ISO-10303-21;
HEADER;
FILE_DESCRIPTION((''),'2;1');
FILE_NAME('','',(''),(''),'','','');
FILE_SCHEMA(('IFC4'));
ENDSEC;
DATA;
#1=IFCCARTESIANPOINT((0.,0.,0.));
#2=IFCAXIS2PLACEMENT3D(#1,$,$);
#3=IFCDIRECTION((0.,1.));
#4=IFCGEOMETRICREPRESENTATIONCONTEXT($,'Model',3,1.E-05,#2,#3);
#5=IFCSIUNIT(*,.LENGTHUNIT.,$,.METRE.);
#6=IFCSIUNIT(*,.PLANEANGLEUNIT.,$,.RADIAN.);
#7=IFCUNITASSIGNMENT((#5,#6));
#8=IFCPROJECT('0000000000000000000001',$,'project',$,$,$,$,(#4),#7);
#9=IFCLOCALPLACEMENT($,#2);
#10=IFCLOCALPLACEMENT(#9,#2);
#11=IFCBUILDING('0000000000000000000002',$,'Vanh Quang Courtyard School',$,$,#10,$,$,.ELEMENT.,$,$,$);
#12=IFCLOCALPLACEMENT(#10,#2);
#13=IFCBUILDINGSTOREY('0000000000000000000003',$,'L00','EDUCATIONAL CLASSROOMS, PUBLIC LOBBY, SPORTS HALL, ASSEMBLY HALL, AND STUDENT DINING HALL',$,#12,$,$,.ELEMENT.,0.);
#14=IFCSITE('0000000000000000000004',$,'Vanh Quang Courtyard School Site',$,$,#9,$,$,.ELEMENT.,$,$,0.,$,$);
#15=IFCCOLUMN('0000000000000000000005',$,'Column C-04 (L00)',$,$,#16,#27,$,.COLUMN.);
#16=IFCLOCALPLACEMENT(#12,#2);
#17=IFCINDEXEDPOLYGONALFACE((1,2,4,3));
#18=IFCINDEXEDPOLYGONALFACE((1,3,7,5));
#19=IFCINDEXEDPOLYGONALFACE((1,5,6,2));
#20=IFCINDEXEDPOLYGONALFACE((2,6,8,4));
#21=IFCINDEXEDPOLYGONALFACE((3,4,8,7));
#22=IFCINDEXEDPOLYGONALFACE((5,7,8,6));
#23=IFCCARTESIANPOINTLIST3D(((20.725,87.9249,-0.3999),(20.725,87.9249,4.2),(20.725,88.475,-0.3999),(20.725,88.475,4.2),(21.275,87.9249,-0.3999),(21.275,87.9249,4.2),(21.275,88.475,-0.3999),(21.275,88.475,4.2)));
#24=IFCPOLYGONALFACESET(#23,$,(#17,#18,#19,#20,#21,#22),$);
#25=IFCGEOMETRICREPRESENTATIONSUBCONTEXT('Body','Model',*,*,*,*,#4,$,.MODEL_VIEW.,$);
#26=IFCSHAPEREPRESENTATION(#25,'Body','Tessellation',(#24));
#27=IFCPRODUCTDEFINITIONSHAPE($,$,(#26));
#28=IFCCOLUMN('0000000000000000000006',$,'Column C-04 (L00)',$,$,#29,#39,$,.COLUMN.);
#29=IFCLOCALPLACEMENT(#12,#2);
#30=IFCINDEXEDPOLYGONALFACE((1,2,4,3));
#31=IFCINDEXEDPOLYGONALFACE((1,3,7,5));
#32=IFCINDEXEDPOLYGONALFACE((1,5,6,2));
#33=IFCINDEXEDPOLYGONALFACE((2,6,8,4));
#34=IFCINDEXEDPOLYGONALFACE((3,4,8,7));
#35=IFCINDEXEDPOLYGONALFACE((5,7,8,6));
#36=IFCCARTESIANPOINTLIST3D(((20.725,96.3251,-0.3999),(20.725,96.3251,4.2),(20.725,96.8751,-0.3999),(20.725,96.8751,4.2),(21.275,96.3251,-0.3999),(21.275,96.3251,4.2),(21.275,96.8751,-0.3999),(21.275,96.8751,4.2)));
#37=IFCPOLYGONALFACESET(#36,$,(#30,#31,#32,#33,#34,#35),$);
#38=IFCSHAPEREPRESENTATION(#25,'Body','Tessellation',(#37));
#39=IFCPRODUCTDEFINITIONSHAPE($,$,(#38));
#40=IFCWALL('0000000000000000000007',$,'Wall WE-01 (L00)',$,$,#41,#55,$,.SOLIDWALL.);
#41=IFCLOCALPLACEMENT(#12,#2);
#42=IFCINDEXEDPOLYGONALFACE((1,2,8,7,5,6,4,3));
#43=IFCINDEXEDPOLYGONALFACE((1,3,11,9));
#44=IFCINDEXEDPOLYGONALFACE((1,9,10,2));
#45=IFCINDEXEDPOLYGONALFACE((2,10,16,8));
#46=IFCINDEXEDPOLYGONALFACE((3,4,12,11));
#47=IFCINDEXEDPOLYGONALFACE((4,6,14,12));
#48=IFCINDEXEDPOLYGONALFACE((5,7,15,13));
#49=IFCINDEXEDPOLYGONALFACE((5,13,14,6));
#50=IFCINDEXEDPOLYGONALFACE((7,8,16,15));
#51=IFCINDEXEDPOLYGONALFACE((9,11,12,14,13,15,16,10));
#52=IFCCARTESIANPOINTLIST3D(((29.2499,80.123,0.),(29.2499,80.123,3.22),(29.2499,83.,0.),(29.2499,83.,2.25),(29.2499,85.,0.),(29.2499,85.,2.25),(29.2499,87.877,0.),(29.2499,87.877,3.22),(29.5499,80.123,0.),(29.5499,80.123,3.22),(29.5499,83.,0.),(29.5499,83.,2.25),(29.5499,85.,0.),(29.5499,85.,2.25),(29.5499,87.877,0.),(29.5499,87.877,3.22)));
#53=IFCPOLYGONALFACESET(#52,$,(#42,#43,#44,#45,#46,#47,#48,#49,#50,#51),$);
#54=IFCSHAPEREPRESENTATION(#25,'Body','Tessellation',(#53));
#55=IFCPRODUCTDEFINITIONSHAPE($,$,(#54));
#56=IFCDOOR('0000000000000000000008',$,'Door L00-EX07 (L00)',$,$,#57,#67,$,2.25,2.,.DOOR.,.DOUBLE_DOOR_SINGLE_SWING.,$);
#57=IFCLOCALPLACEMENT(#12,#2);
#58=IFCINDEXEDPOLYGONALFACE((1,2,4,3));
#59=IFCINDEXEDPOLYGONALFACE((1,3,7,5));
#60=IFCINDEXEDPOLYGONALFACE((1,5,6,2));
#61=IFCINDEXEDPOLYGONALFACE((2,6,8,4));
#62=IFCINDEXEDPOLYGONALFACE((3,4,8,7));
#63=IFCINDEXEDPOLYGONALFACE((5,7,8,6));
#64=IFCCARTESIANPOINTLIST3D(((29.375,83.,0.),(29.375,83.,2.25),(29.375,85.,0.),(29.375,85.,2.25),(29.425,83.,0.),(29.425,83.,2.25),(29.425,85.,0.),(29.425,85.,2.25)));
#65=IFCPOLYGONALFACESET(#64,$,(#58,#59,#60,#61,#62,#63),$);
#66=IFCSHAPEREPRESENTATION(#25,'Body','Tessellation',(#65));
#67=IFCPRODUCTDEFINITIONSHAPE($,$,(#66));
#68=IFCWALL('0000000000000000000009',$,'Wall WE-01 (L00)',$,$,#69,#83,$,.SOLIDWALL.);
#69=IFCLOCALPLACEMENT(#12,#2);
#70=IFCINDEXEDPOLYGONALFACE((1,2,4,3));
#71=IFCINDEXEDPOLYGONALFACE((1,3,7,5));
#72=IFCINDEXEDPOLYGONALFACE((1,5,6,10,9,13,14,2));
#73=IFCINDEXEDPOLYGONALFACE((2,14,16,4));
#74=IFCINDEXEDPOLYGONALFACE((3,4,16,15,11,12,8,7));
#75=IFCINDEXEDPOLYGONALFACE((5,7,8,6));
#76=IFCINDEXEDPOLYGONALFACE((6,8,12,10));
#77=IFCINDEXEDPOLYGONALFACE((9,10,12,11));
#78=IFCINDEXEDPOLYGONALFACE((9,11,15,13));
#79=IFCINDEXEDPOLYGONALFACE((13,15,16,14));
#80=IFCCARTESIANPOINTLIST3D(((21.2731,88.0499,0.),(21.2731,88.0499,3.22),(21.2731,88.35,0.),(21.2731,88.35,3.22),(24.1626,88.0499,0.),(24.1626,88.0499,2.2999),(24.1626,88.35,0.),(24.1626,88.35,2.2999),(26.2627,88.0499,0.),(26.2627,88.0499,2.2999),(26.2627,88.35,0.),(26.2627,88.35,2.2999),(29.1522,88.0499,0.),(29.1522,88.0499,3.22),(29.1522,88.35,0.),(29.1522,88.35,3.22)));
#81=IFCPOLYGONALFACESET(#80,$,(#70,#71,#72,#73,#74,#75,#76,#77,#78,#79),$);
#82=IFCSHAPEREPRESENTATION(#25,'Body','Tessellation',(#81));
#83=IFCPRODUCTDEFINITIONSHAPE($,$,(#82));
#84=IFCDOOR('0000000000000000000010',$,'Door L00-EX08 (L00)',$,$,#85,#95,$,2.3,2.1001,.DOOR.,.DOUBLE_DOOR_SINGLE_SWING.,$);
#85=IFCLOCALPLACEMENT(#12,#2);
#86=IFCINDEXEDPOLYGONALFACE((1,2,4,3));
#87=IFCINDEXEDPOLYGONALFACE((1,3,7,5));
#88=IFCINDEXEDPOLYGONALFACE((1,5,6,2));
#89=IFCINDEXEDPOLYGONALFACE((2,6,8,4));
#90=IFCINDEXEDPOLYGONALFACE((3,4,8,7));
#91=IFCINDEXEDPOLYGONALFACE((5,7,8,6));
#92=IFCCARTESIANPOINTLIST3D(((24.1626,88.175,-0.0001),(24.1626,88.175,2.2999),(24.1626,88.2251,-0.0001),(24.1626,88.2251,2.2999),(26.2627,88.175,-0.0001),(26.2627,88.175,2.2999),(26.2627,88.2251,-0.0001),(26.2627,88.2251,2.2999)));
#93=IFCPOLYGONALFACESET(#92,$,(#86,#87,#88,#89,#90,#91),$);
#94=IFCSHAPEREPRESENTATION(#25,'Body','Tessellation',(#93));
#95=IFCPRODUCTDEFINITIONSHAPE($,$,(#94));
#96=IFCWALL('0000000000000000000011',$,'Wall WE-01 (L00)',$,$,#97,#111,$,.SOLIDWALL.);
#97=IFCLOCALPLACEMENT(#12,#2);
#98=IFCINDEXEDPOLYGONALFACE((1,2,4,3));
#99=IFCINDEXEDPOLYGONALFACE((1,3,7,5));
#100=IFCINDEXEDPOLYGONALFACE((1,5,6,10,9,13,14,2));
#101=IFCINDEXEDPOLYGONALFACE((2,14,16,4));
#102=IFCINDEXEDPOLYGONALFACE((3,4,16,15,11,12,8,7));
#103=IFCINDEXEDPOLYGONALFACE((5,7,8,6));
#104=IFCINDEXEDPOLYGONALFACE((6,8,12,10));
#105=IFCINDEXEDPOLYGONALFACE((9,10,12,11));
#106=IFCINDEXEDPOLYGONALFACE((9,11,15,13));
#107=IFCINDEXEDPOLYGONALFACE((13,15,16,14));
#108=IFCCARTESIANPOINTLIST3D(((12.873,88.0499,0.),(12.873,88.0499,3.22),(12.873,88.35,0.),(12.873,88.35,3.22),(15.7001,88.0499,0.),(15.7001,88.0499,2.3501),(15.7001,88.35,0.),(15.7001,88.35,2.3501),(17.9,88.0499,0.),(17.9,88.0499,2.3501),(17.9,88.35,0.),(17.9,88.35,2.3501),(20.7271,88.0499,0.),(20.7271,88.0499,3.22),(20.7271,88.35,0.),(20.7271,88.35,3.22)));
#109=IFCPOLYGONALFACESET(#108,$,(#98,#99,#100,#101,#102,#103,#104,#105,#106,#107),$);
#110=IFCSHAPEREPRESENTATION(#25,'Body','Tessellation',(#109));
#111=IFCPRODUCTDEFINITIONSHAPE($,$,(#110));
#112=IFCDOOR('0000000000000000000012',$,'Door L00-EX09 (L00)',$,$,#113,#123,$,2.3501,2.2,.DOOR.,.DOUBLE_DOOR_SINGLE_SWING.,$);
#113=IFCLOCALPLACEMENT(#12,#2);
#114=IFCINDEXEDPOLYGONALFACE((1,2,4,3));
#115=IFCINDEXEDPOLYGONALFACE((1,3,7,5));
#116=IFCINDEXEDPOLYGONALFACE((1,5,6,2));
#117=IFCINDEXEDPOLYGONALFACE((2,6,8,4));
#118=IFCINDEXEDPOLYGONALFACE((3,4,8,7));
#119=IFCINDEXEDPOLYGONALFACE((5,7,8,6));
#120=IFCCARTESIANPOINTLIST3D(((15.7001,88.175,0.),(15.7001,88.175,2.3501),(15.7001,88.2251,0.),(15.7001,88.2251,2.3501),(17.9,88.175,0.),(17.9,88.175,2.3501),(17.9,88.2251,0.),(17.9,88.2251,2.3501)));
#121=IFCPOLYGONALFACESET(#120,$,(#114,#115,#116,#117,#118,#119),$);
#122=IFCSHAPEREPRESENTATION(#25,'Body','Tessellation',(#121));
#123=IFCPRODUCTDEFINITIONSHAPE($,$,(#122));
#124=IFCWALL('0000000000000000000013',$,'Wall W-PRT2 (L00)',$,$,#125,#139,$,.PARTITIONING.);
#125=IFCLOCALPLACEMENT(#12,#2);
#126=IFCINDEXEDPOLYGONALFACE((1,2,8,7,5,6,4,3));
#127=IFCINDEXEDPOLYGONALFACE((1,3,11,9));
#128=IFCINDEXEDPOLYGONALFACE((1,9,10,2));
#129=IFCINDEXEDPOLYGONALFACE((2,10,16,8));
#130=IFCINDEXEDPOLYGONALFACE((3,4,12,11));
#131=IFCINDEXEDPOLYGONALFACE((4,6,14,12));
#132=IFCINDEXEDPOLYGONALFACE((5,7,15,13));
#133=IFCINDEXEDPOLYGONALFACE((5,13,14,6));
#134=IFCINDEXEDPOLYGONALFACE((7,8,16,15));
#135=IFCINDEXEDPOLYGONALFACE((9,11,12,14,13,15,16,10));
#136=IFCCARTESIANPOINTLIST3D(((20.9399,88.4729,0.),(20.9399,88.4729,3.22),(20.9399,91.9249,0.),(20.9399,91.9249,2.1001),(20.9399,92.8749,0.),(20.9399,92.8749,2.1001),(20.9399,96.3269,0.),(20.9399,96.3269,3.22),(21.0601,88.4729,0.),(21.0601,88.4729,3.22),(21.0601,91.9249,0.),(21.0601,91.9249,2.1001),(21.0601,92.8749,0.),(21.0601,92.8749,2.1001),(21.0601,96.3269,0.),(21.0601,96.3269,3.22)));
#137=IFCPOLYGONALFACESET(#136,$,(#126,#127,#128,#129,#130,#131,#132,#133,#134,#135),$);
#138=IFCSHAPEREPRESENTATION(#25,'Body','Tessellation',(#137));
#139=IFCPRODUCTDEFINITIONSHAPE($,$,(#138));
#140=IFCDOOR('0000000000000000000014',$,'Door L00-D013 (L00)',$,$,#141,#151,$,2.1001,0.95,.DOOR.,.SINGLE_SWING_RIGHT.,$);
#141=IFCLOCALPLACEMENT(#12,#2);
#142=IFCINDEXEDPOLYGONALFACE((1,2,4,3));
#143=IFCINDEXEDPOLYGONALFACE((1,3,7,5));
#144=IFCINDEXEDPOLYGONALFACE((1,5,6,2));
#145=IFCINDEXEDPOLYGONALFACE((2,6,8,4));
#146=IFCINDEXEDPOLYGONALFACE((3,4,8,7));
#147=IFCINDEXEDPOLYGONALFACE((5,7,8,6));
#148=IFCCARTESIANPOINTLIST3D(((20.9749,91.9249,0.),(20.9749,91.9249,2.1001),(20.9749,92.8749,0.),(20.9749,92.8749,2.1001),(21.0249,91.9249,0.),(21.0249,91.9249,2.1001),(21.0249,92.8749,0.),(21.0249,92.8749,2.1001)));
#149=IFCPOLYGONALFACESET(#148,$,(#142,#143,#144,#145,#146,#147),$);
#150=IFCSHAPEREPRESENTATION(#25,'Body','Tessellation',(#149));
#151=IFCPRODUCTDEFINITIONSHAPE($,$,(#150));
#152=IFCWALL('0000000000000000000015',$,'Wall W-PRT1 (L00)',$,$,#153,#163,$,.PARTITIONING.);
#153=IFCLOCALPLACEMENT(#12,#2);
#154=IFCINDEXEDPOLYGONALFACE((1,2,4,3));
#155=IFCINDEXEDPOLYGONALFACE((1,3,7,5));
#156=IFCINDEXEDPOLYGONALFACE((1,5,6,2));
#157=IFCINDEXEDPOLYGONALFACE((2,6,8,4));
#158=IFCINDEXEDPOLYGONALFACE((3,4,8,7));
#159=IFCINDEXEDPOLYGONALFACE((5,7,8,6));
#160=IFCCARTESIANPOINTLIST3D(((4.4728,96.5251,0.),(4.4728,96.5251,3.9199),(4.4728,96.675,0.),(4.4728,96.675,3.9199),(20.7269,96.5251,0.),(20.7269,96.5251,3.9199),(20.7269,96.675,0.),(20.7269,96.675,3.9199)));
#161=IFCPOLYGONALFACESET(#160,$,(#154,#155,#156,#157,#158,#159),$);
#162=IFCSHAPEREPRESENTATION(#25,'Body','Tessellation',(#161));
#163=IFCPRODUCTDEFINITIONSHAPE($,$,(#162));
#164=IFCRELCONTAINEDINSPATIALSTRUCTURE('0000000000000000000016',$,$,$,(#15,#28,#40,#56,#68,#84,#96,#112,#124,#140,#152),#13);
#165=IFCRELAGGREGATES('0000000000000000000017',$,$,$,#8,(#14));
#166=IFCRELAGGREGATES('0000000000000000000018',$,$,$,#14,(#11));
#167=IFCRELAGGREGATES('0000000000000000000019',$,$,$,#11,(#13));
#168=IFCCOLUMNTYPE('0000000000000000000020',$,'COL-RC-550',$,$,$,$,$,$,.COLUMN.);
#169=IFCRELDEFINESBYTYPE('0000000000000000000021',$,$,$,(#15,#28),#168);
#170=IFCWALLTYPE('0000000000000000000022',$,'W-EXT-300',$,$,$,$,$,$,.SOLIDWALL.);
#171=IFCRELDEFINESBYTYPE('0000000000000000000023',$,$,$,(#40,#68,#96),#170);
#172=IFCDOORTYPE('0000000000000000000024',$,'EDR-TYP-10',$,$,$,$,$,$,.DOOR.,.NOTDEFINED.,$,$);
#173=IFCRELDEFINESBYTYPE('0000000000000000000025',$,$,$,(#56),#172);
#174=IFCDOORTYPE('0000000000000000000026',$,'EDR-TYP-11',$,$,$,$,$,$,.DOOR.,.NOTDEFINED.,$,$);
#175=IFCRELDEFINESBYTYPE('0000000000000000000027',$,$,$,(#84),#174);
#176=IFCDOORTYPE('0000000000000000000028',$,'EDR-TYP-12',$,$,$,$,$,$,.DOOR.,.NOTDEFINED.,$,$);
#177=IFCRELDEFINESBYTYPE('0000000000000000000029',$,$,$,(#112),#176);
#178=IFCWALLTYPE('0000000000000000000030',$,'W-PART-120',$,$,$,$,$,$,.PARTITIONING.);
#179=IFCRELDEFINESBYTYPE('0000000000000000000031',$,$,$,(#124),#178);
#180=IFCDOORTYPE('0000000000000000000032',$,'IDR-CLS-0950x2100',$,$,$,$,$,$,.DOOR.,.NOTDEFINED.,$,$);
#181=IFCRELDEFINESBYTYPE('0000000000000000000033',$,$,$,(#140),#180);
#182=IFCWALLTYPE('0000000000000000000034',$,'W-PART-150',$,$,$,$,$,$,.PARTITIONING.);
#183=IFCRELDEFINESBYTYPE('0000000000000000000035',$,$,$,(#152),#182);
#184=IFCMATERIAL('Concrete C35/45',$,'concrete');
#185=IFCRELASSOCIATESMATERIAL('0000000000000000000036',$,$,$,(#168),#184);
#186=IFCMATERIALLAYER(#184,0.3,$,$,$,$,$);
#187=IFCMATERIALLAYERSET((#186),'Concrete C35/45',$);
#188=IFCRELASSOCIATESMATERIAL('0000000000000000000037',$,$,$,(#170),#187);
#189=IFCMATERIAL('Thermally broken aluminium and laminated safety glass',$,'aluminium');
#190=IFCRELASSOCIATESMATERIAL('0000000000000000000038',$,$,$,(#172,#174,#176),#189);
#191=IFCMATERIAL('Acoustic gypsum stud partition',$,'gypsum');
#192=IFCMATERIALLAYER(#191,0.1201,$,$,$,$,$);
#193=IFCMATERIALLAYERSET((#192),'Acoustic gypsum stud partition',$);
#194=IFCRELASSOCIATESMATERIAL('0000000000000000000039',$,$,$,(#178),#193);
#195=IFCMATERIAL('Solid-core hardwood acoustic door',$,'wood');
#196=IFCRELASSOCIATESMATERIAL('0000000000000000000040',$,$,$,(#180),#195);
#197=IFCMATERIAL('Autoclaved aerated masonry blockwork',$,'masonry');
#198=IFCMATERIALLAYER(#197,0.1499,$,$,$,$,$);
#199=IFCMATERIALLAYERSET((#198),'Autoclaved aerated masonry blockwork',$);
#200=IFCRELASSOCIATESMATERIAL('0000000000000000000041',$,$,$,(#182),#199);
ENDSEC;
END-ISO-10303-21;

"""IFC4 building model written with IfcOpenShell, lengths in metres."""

from ifc_helpers import new_model, si_unit, direction, frame, frame_2d, origin, origin_2d, place, context, subcontext, project, spatial, rectangle, extrude, material, layer, layer_set, material_profile, profile_set, type_object, element, fill, save


model = new_model("IFC4")

# Units and contexts
model_context = context("Model", 3, precision=1e-05, world=origin(), true_north=direction((0.0, 1.0)))
body_context = subcontext(model_context, "Body", "Model", "MODEL_VIEW")
ifc_project = project(units=[si_unit("LENGTHUNIT", "METRE"), si_unit("PLANEANGLEUNIT", "RADIAN")], contexts=[model_context])

# Site, building, storey
site_placement = place(None, origin())
site = spatial("IfcSite", under=ifc_project, at=site_placement, Name="Vanh Quang Courtyard School Site", CompositionType="ELEMENT", RefElevation=0.0)
building_placement = place(site_placement, origin())
building = spatial("IfcBuilding", under=site, at=building_placement, Name="Vanh Quang Courtyard School", CompositionType="ELEMENT")
storey_placement = place(building_placement, origin())
storey = spatial("IfcBuildingStorey", under=building, at=storey_placement, Name="L00", Description="EDUCATIONAL CLASSROOMS, PUBLIC LOBBY, SPORTS HALL, ASSEMBLY HALL, AND STUDENT DINING HALL", CompositionType="ELEMENT", Elevation=0.0)

# Shared definitions
ifc_material_1 = material(Name="Concrete C35/45", Category="concrete")

# Columns
ifc_material_profile_1 = material_profile(ifc_material_1, rectangle(XDim=0.55, YDim=0.55, at=origin_2d()), Name="RC-COL 550x550")
ifc_profile_set_1 = profile_set([ifc_material_profile_1], Name="Concrete C35/45")
column_type_1 = type_object("IfcColumnType", Name="COL-RC-550", PredefinedType="COLUMN", material=ifc_profile_set_1)
for number, where, z_axis, x_axis, name in (
    (1, (21.0, 88.2, -0.3999), (0.0, 0.0, 1.0), (1.0, 0.0, 0.0), "Column C-04 (L00)"),
    (2, (21.0, 96.6001, -0.3999), (0.0, 0.0, 1.0), (1.0, 0.0, 0.0), "Column C-04 (L00)"),
):
    element("IfcColumn", number, at=place(storey_placement, frame(where, z_axis=z_axis, x_axis=x_axis)), inside=storey, type_object=column_type_1, Name=name, PredefinedType="COLUMN", context=body_context, shape_type="SweptSolid", body=[
        extrude(rectangle(XDim=0.55, YDim=0.55, at=origin_2d()), origin(), (0.0, 0.0, 1.0), 4.5999),
    ])

# Walls, openings, doors
ifc_layer_1 = layer(ifc_material_1, 0.3)
ifc_layer_set_1 = layer_set([ifc_layer_1], Name="Concrete C35/45")
wall_type_1 = type_object("IfcWallType", Name="W-EXT-300", PredefinedType="SOLIDWALL", material=ifc_layer_set_1)
wall_1_placement = place(storey_placement, frame((29.3999, 80.123, 0.0), z_axis=(0.0, 0.0, 1.0), x_axis=(0.0, 1.0, 0.0)))
wall_1 = element("IfcWall", 3, at=wall_1_placement, inside=storey, type_object=wall_type_1, Name="Wall WE-01 (L00)", PredefinedType="SOLIDWALL", context=body_context, shape_type="SweptSolid", body=[
    extrude(rectangle(XDim=7.7539, YDim=0.3, at=frame_2d((3.877, 0.0))), origin(), (0.0, 0.0, 1.0), 3.22),
])
opening_1_placement = place(wall_1_placement, frame((2.877, 0.0, 0.0)))
opening_1 = element("IfcOpeningElement", 4, at=opening_1_placement, cuts=wall_1, PredefinedType="OPENING", context=body_context, shape_type="SweptSolid", body=[
    extrude(rectangle(XDim=2.0, YDim=2.25, at=frame_2d((1.0, 1.125))), frame((0.0, 0.1602, 0.0), z_axis=(0.0, -1.0, 0.0), x_axis=(1.0, 0.0, 0.0)), (0.0, 0.0, 1.0), 0.3201),
])
ifc_material_2 = material(Name="Thermally broken aluminium and laminated safety glass", Category="aluminium")
door_type_1 = type_object("IfcDoorType", Name="EDR-TYP-10", OperationType="NOTDEFINED", PredefinedType="DOOR", material=ifc_material_2)
door_1_placement = place(opening_1_placement, origin())
door_1 = element("IfcDoor", 5, at=door_1_placement, inside=storey, type_object=door_type_1, Name="Door L00-EX07 (L00)", OperationType="DOUBLE_DOOR_SINGLE_SWING", OverallHeight=2.25, OverallWidth=2.0, PredefinedType="DOOR", context=body_context, shape_type="SweptSolid", body=[
    extrude(rectangle(XDim=2.0, YDim=2.25, at=frame_2d((1.0, 1.125))), frame((0.0, 0.0249, 0.0), z_axis=(0.0, -1.0, 0.0), x_axis=(1.0, 0.0, 0.0)), (0.0, 0.0, 1.0), 0.05),
])
fill(opening_1, door_1)
wall_2_placement = place(storey_placement, frame((29.1521, 88.2, 0.0), z_axis=(0.0, 0.0, 1.0), x_axis=(-1.0, 0.0, 0.0)))
wall_2 = element("IfcWall", 6, at=wall_2_placement, inside=storey, type_object=wall_type_1, Name="Wall WE-01 (L00)", PredefinedType="SOLIDWALL", context=body_context, shape_type="SweptSolid", body=[
    extrude(rectangle(XDim=7.8792, YDim=0.3, at=frame_2d((3.9395, 0.0))), origin(), (0.0, 0.0, 1.0), 3.22),
])
opening_2_placement = place(wall_2_placement, frame((2.8894, 0.0, 0.0)))
opening_2 = element("IfcOpeningElement", 7, at=opening_2_placement, cuts=wall_2, PredefinedType="OPENING", context=body_context, shape_type="SweptSolid", body=[
    extrude(rectangle(XDim=2.1001, YDim=2.3, at=frame_2d((1.05, 1.1499))), frame((0.0, 0.1602, 0.0), z_axis=(0.0, -1.0, 0.0), x_axis=(1.0, 0.0, 0.0)), (0.0, 0.0, 1.0), 0.3201),
])
door_type_2 = type_object("IfcDoorType", Name="EDR-TYP-11", OperationType="NOTDEFINED", PredefinedType="DOOR", material=ifc_material_2)
door_2_placement = place(opening_2_placement, origin())
door_2 = element("IfcDoor", 8, at=door_2_placement, inside=storey, type_object=door_type_2, Name="Door L00-EX08 (L00)", OperationType="DOUBLE_DOOR_SINGLE_SWING", OverallHeight=2.3, OverallWidth=2.1001, PredefinedType="DOOR", context=body_context, shape_type="SweptSolid", body=[
    extrude(rectangle(XDim=2.1001, YDim=2.3, at=frame_2d((1.05, 1.1499))), frame((0.0, 0.0249, 0.0), z_axis=(0.0, -1.0, 0.0), x_axis=(1.0, 0.0, 0.0)), (0.0, 0.0, 1.0), 0.05),
])
fill(opening_2, door_2)
wall_3_placement = place(storey_placement, frame((20.7271, 88.2, 0.0), z_axis=(0.0, 0.0, 1.0), x_axis=(-1.0, 0.0, 0.0)))
wall_3 = element("IfcWall", 9, at=wall_3_placement, inside=storey, type_object=wall_type_1, Name="Wall WE-01 (L00)", PredefinedType="SOLIDWALL", context=body_context, shape_type="SweptSolid", body=[
    extrude(rectangle(XDim=7.854, YDim=0.3, at=frame_2d((3.927, 0.0))), origin(), (0.0, 0.0, 1.0), 3.22),
])
opening_3_placement = place(wall_3_placement, frame((2.8269, 0.0, 0.0)))
opening_3 = element("IfcOpeningElement", 10, at=opening_3_placement, cuts=wall_3, PredefinedType="OPENING", context=body_context, shape_type="SweptSolid", body=[
    extrude(rectangle(XDim=2.2, YDim=2.3501, at=frame_2d((1.1001, 1.175))), frame((0.0, 0.1602, 0.0), z_axis=(0.0, -1.0, 0.0), x_axis=(1.0, 0.0, 0.0)), (0.0, 0.0, 1.0), 0.3201),
])
door_type_3 = type_object("IfcDoorType", Name="EDR-TYP-12", OperationType="NOTDEFINED", PredefinedType="DOOR", material=ifc_material_2)
door_3_placement = place(opening_3_placement, origin())
door_3 = element("IfcDoor", 11, at=door_3_placement, inside=storey, type_object=door_type_3, Name="Door L00-EX09 (L00)", OperationType="DOUBLE_DOOR_SINGLE_SWING", OverallHeight=2.3501, OverallWidth=2.2, PredefinedType="DOOR", context=body_context, shape_type="SweptSolid", body=[
    extrude(rectangle(XDim=2.2, YDim=2.3501, at=frame_2d((1.1001, 1.175))), frame((0.0, 0.0249, 0.0), z_axis=(0.0, -1.0, 0.0), x_axis=(1.0, 0.0, 0.0)), (0.0, 0.0, 1.0), 0.05),
])
fill(opening_3, door_3)
ifc_material_3 = material(Name="Acoustic gypsum stud partition", Category="gypsum")
ifc_layer_2 = layer(ifc_material_3, 0.1201)
ifc_layer_set_2 = layer_set([ifc_layer_2], Name="Acoustic gypsum stud partition")
wall_type_2 = type_object("IfcWallType", Name="W-PART-120", PredefinedType="PARTITIONING", material=ifc_layer_set_2)
wall_4_placement = place(storey_placement, frame((21.0, 96.3269, 0.0), z_axis=(0.0, 0.0, 1.0), x_axis=(0.0, -1.0, 0.0)))
wall_4 = element("IfcWall", 12, at=wall_4_placement, inside=storey, type_object=wall_type_2, Name="Wall W-PRT2 (L00)", PredefinedType="PARTITIONING", context=body_context, shape_type="SweptSolid", body=[
    extrude(rectangle(XDim=7.854, YDim=0.1201, at=frame_2d((3.927, 0.0))), origin(), (0.0, 0.0, 1.0), 3.22),
])
opening_4_placement = place(wall_4_placement, frame((3.4519, 0.0, 0.0)))
opening_4 = element("IfcOpeningElement", 13, at=opening_4_placement, cuts=wall_4, PredefinedType="OPENING", context=body_context, shape_type="SweptSolid", body=[
    extrude(rectangle(XDim=0.95, YDim=2.1001, at=frame_2d((0.4751, 1.05))), frame((0.0, 0.0701, 0.0), z_axis=(0.0, -1.0, 0.0), x_axis=(1.0, 0.0, 0.0)), (0.0, 0.0, 1.0), 0.1401),
])
ifc_material_4 = material(Name="Solid-core hardwood acoustic door", Category="wood")
door_type_4 = type_object("IfcDoorType", Name="IDR-CLS-0950x2100", OperationType="NOTDEFINED", PredefinedType="DOOR", material=ifc_material_4)
door_4_placement = place(opening_4_placement, origin())
door_4 = element("IfcDoor", 14, at=door_4_placement, inside=storey, type_object=door_type_4, Name="Door L00-D013 (L00)", OperationType="SINGLE_SWING_RIGHT", OverallHeight=2.1001, OverallWidth=0.95, PredefinedType="DOOR", context=body_context, shape_type="SweptSolid", body=[
    extrude(rectangle(XDim=0.95, YDim=2.1001, at=frame_2d((0.4751, 1.05))), frame((0.0, 0.0249, 0.0), z_axis=(0.0, -1.0, 0.0), x_axis=(1.0, 0.0, 0.0)), (0.0, 0.0, 1.0), 0.05),
])
fill(opening_4, door_4)

# Wall
ifc_material_5 = material(Name="Autoclaved aerated masonry blockwork", Category="masonry")
ifc_layer_3 = layer(ifc_material_5, 0.1499)
ifc_layer_set_3 = layer_set([ifc_layer_3], Name="Autoclaved aerated masonry blockwork")
wall_type_3 = type_object("IfcWallType", Name="W-PART-150", PredefinedType="PARTITIONING", material=ifc_layer_set_3)
wall_5_placement = place(storey_placement, frame((4.4729, 96.6001, 0.0), z_axis=(0.0, 0.0, 1.0), x_axis=(1.0, 0.0, 0.0)))
element("IfcWall", 15, at=wall_5_placement, inside=storey, type_object=wall_type_3, Name="Wall W-PRT1 (L00)", PredefinedType="PARTITIONING", context=body_context, shape_type="SweptSolid", body=[
    extrude(rectangle(XDim=16.2542, YDim=0.1499, at=frame_2d((8.127, 0.0))), origin(), (0.0, 0.0, 1.0), 3.9199),
])

save(model, "model.ifc")
